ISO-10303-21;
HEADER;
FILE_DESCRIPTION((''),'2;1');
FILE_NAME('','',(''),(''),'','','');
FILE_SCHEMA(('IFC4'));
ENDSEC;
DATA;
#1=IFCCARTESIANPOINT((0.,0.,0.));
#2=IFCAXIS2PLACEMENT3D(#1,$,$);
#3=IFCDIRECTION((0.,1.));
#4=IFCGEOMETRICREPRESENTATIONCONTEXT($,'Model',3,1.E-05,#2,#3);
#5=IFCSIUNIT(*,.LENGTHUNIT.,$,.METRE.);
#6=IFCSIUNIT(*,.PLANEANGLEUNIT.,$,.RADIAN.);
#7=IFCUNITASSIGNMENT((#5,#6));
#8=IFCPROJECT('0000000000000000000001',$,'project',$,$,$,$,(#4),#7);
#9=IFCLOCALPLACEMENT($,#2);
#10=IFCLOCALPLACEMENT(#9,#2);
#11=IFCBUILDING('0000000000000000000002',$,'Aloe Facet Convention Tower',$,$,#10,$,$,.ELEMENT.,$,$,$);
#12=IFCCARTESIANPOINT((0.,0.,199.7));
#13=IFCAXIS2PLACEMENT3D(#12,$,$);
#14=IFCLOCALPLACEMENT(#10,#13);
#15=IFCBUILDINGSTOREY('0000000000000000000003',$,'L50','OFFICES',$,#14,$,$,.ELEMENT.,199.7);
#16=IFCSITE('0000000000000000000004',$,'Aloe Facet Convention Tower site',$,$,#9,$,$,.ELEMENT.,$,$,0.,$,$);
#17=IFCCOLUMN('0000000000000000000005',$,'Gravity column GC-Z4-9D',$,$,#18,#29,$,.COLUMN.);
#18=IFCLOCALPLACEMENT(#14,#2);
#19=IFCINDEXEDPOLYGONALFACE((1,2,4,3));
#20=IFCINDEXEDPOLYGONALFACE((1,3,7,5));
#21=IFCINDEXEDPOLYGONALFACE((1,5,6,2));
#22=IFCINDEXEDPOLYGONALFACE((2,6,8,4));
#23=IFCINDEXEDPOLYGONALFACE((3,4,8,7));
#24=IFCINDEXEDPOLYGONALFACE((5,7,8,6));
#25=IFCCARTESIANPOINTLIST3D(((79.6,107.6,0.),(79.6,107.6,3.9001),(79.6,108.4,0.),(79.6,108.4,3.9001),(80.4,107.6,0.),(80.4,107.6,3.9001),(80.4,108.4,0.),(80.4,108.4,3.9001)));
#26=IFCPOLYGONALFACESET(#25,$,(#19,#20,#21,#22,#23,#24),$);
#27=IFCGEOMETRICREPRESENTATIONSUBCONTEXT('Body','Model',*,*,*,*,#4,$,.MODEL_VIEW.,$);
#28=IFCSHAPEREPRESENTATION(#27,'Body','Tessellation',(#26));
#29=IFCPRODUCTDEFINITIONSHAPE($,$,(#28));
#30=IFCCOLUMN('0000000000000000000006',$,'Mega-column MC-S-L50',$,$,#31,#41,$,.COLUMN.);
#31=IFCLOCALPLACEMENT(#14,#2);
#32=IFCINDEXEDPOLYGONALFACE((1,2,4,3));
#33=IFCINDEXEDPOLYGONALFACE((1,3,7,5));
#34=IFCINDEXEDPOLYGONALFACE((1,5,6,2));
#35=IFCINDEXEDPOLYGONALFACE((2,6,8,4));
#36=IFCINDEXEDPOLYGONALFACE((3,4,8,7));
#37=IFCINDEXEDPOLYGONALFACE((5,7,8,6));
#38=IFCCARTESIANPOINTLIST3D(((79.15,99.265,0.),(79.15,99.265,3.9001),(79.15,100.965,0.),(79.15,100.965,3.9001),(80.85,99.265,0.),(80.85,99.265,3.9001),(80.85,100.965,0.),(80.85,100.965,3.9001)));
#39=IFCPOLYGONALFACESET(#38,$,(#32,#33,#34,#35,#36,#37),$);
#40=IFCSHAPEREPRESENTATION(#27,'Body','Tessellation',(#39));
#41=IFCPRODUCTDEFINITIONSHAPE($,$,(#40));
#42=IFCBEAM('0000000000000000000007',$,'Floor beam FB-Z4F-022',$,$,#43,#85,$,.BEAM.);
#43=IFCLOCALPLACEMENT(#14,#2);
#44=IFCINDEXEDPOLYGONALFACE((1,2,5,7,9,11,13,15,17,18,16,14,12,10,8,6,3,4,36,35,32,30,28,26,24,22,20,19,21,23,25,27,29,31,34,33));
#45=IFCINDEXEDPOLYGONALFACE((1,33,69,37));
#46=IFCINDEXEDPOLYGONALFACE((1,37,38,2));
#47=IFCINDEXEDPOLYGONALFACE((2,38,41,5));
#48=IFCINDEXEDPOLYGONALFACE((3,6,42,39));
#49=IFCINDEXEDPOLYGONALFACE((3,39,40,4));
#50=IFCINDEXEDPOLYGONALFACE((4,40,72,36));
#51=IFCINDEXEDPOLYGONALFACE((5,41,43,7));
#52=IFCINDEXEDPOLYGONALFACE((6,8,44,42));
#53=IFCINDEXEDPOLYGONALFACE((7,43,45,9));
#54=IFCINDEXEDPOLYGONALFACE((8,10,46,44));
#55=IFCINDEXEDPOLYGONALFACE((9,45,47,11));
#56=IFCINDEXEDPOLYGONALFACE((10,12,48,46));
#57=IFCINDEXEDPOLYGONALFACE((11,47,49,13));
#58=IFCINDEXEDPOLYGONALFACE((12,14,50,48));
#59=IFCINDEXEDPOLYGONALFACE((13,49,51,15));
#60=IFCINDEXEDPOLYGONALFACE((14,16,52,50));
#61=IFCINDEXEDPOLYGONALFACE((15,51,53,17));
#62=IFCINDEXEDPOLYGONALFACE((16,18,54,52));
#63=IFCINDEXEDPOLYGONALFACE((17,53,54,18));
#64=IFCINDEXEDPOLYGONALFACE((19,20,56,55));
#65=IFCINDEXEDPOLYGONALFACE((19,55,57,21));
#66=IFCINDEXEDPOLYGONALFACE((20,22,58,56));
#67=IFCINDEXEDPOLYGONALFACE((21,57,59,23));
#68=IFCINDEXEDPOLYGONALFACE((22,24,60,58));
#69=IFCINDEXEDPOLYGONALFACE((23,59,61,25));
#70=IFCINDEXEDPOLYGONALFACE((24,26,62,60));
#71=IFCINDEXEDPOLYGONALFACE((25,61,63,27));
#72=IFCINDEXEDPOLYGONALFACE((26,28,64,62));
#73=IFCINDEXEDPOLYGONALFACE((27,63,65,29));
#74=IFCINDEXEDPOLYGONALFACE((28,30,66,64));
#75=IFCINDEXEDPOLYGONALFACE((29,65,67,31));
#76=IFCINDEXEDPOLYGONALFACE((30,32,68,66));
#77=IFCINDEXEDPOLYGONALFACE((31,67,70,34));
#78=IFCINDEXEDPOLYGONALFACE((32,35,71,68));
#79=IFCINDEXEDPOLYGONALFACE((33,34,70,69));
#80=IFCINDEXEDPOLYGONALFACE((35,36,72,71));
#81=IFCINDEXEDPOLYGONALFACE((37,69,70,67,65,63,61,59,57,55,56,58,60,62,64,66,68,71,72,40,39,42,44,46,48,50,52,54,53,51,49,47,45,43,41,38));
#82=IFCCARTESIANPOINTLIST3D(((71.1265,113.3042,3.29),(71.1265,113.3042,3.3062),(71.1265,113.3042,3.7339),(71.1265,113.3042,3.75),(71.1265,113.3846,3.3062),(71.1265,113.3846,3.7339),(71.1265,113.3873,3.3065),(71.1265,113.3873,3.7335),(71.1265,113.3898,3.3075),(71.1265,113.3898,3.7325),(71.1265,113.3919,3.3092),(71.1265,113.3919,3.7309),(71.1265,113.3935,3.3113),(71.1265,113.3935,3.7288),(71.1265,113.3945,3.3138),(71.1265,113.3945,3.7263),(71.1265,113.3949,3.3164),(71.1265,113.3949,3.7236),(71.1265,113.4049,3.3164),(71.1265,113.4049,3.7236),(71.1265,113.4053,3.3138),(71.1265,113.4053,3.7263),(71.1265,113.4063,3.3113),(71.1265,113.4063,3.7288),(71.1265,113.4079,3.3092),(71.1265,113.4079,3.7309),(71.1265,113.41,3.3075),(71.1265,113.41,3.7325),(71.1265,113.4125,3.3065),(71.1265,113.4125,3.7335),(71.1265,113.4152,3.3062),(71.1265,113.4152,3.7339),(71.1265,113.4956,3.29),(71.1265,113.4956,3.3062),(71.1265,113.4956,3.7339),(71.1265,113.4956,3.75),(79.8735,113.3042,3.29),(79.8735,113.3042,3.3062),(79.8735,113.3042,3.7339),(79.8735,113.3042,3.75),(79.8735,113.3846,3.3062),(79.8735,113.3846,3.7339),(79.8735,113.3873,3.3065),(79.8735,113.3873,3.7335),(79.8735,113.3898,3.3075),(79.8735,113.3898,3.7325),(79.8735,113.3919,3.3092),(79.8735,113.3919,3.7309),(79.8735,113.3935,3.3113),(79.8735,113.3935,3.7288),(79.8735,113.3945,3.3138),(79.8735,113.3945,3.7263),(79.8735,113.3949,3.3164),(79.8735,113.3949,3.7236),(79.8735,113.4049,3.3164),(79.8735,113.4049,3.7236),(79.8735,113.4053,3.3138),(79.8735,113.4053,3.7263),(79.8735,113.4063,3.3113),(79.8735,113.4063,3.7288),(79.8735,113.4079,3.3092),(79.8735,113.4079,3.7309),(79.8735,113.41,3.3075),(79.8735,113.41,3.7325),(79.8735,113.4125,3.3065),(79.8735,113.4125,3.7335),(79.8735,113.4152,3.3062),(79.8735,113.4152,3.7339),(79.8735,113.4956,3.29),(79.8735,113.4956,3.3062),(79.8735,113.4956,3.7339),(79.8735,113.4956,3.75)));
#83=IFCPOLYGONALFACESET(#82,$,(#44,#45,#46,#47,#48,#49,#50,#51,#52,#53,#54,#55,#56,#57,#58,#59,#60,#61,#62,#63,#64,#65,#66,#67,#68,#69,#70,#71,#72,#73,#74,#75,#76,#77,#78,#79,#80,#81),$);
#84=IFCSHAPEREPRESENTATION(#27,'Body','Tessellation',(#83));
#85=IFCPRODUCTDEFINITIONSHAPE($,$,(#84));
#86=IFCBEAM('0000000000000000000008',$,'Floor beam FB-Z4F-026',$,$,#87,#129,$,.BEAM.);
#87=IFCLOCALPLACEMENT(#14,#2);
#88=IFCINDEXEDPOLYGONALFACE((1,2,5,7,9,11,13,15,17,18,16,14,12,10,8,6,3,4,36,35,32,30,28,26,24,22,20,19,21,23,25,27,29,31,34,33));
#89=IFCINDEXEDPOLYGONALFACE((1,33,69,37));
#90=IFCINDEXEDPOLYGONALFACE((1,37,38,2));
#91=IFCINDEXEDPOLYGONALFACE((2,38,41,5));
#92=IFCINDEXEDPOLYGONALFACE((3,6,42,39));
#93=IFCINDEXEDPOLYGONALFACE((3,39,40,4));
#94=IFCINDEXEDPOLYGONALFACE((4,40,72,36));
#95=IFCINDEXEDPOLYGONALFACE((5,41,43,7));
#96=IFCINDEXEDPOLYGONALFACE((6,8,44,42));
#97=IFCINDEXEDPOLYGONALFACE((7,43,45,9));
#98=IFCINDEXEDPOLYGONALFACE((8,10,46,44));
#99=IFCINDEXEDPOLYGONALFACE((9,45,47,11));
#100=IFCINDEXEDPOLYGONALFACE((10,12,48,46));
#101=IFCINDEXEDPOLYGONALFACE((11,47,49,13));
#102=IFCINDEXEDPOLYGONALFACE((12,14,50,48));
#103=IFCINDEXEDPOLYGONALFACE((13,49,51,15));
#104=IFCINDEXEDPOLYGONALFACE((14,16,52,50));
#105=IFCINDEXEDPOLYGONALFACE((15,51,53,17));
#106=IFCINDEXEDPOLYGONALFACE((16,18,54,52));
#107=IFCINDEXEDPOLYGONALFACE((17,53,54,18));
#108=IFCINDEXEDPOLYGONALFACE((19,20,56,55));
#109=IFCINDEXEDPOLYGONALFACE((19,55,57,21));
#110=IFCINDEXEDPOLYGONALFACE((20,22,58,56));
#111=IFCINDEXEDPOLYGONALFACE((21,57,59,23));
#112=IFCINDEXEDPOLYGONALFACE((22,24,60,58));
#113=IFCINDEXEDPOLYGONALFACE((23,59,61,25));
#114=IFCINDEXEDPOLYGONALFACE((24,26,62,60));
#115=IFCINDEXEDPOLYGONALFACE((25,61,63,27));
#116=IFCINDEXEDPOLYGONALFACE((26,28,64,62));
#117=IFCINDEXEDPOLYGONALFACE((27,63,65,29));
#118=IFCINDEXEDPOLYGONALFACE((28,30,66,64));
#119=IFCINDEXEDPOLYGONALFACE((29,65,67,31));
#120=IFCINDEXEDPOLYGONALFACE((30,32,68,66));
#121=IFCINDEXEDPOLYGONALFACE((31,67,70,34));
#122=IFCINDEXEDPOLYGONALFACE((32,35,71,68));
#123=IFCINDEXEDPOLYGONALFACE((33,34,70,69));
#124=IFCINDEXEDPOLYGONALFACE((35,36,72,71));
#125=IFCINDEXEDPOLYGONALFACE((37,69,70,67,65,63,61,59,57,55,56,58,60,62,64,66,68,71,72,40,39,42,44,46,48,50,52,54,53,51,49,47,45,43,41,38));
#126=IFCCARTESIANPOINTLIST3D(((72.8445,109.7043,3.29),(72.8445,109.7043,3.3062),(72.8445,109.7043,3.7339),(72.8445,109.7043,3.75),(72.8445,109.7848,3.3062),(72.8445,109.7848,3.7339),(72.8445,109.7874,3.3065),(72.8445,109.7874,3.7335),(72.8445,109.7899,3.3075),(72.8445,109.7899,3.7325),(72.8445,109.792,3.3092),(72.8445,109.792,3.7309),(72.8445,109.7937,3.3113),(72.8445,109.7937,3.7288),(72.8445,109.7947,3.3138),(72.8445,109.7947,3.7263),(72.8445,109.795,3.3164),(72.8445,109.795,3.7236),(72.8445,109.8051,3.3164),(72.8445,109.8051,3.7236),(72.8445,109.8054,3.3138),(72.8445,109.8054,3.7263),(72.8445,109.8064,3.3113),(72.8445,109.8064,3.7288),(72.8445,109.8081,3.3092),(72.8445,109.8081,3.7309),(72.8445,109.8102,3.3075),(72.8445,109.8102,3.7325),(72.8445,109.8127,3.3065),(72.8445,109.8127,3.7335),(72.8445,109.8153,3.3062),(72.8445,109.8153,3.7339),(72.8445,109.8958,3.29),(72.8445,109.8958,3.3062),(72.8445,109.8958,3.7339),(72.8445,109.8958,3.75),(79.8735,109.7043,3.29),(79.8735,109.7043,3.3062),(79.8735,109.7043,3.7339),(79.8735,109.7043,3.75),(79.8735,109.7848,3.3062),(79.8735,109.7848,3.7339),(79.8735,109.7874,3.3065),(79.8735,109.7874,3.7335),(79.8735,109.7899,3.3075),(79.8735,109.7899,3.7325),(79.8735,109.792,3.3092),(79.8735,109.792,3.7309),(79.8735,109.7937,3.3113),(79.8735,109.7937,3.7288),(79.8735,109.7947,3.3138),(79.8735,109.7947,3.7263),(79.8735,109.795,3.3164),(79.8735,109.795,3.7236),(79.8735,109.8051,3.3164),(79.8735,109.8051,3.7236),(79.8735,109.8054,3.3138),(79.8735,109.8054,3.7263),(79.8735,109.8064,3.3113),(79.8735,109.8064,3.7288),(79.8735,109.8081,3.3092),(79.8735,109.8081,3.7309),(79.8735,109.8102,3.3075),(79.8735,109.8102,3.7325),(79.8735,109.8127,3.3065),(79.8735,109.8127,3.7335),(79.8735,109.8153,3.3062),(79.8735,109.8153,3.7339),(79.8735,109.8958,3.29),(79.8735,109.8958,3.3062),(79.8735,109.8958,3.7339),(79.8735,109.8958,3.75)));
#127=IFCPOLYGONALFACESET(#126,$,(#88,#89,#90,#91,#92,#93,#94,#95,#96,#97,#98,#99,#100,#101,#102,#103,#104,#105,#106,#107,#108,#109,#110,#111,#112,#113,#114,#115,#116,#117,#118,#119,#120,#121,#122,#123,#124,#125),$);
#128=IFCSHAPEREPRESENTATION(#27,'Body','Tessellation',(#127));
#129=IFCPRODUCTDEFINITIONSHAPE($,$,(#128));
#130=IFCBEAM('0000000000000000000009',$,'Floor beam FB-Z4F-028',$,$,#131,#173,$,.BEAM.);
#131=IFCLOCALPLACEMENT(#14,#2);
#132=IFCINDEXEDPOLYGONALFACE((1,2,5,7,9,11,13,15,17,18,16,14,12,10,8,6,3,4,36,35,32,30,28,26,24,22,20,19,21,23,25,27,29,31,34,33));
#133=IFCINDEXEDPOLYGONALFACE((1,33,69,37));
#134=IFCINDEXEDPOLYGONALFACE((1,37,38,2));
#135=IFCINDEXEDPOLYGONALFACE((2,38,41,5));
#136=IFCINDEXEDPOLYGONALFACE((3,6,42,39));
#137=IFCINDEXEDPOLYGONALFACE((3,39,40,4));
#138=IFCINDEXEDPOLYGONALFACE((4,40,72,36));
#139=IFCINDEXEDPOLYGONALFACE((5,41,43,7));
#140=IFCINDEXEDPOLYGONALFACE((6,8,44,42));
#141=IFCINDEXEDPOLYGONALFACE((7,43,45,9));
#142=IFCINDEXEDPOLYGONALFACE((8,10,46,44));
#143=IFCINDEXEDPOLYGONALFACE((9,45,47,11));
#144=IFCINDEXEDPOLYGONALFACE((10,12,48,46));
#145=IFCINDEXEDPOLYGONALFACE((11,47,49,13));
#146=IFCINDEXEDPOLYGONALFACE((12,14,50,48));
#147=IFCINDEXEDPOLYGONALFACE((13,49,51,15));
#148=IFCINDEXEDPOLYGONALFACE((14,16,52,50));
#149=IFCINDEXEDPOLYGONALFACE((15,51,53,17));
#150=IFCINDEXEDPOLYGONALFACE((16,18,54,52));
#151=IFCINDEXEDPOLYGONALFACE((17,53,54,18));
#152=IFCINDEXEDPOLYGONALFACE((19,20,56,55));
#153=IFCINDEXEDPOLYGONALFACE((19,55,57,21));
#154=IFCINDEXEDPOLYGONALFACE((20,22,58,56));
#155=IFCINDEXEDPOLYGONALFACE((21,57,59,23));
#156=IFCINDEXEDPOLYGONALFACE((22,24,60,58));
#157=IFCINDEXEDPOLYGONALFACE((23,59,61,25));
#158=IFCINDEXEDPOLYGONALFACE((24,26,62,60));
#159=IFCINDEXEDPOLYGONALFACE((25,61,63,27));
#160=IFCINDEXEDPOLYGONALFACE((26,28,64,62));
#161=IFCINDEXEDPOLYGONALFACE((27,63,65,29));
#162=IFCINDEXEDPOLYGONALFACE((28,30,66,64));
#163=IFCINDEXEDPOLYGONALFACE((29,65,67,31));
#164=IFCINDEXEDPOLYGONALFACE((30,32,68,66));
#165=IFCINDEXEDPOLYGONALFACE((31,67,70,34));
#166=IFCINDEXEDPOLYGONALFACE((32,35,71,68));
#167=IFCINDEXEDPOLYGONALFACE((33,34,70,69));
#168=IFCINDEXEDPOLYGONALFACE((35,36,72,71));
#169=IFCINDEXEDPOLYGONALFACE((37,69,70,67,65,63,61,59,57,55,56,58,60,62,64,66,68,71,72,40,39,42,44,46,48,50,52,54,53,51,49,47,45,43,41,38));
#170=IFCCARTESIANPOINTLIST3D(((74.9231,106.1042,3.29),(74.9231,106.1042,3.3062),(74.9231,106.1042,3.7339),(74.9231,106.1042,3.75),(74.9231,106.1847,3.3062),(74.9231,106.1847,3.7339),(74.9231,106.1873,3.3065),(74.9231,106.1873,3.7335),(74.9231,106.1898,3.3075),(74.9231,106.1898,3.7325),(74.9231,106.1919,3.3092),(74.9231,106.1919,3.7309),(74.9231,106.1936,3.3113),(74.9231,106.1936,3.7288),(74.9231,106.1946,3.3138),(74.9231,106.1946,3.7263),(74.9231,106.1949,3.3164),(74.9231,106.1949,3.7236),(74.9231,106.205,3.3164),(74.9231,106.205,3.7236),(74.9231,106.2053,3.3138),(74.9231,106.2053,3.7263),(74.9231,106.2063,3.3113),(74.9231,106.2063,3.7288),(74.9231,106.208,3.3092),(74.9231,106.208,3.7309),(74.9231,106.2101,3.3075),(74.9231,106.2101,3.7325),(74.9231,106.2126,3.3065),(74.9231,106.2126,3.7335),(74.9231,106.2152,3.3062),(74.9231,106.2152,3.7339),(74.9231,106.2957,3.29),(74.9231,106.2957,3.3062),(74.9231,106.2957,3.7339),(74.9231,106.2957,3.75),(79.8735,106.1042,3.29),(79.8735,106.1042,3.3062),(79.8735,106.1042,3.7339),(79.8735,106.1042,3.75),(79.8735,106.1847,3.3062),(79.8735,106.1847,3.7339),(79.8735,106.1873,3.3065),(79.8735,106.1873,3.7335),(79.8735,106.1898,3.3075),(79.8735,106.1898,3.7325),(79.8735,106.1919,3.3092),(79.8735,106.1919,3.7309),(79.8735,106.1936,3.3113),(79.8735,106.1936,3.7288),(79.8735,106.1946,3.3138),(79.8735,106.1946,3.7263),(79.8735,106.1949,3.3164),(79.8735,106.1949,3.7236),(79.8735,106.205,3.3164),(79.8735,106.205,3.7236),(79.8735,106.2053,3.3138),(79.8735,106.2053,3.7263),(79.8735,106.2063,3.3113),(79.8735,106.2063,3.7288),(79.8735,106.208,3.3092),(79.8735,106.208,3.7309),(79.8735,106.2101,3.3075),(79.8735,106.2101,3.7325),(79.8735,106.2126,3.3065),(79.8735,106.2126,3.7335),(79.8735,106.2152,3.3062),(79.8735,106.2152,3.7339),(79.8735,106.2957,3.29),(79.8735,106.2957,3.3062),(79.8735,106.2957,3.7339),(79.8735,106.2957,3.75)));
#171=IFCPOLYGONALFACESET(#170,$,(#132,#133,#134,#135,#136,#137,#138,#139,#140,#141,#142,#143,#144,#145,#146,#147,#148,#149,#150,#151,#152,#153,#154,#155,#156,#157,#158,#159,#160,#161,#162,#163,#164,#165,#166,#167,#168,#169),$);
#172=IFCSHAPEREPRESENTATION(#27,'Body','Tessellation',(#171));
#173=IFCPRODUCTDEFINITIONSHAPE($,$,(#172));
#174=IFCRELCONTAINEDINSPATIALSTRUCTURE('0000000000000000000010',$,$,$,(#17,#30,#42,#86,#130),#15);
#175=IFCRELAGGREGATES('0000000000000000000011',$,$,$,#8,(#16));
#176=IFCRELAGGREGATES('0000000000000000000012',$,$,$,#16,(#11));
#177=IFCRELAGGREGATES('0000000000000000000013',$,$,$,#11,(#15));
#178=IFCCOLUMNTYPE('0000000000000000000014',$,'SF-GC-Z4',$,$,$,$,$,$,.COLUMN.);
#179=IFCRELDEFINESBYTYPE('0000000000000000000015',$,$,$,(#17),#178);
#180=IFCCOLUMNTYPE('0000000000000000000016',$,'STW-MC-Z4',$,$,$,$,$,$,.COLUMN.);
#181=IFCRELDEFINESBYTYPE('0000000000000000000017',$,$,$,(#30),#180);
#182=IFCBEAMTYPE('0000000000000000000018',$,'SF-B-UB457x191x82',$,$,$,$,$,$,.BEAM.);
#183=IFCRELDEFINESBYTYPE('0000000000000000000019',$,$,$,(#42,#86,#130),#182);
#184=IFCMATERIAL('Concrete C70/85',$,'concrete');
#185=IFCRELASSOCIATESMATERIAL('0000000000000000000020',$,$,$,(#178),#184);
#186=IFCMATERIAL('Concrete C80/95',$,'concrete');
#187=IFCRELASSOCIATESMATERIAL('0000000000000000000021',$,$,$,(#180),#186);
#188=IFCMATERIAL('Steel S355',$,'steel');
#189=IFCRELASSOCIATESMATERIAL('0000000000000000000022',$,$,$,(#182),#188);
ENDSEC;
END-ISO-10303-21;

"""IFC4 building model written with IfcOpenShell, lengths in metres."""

from ifc_helpers import new_model, si_unit, direction, frame, origin, origin_2d, place, context, subcontext, project, spatial, rectangle, i_section, extrude, material, material_profile, profile_set, type_object, element, save


model = new_model("IFC4")

# Units and contexts
model_context = context("Model", 3, precision=1e-05, world=origin(), true_north=direction((0.0, 1.0)))
body_context = subcontext(model_context, "Body", "Model", "MODEL_VIEW")
ifc_project = project(units=[si_unit("LENGTHUNIT", "METRE"), si_unit("PLANEANGLEUNIT", "RADIAN")], contexts=[model_context])

# Site, building, storey
site_placement = place(None, origin())
site = spatial("IfcSite", under=ifc_project, at=site_placement, Name="Aloe Facet Convention Tower site", CompositionType="ELEMENT", RefElevation=0.0)
building_placement = place(site_placement, origin())
building = spatial("IfcBuilding", under=site, at=building_placement, Name="Aloe Facet Convention Tower", CompositionType="ELEMENT")
storey_placement = place(building_placement, frame((0.0, 0.0, 199.7)))
storey = spatial("IfcBuildingStorey", under=building, at=storey_placement, Name="L50", Description="OFFICES", CompositionType="ELEMENT", Elevation=199.7)

# Columns
ifc_material_1 = material(Name="Concrete C70/85", Category="concrete")
ifc_material_profile_1 = material_profile(ifc_material_1, rectangle(XDim=0.8, YDim=0.8, at=origin_2d()), Name="SF-GC-Z4")
ifc_profile_set_1 = profile_set([ifc_material_profile_1], Name="Concrete C70/85")
column_type_1 = type_object("IfcColumnType", Name="SF-GC-Z4", PredefinedType="COLUMN", material=ifc_profile_set_1)
column_1_placement = place(storey_placement, frame((80.0, 108.0, 0.0), z_axis=(0.0, 0.0, 1.0), x_axis=(1.0, 0.0, 0.0)))
element("IfcColumn", 1, at=column_1_placement, inside=storey, type_object=column_type_1, Name="Gravity column GC-Z4-9D", PredefinedType="COLUMN", context=body_context, shape_type="SweptSolid", body=[
    extrude(rectangle(XDim=0.8, YDim=0.8, at=origin_2d()), origin(), (0.0, 0.0, 1.0), 3.9001),
])
ifc_material_2 = material(Name="Concrete C80/95", Category="concrete")
ifc_material_profile_2 = material_profile(ifc_material_2, rectangle(XDim=1.7, YDim=1.7, at=origin_2d()), Name="STW-MC-Z4")
ifc_profile_set_2 = profile_set([ifc_material_profile_2], Name="Concrete C80/95")
column_type_2 = type_object("IfcColumnType", Name="STW-MC-Z4", PredefinedType="COLUMN", material=ifc_profile_set_2)
column_2_placement = place(storey_placement, frame((80.0, 100.115, 0.0), z_axis=(0.0, 0.0, 1.0), x_axis=(1.0, 0.0, 0.0)))
element("IfcColumn", 2, at=column_2_placement, inside=storey, type_object=column_type_2, Name="Mega-column MC-S-L50", PredefinedType="COLUMN", context=body_context, shape_type="SweptSolid", body=[
    extrude(rectangle(XDim=1.7, YDim=1.7, at=origin_2d()), origin(), (0.0, 0.0, 1.0), 3.9001),
])

# Beams
ifc_material_3 = material(Name="Steel S355", Category="steel")
ifc_material_profile_3 = material_profile(ifc_material_3, i_section(OverallWidth=0.1914, OverallDepth=0.46, WebThickness=0.01, FlangeThickness=0.0161, FilletRadius=0.0103, at=origin_2d()), Name="UB 457x191x82")
ifc_profile_set_3 = profile_set([ifc_material_profile_3], Name="Steel S355")
beam_type_1 = type_object("IfcBeamType", Name="SF-B-UB457x191x82", PredefinedType="BEAM", material=ifc_profile_set_3)
beam_1_placement = place(storey_placement, frame((71.1265, 113.3999, 3.52), z_axis=(1.0, 0.0, 0.0), x_axis=(0.0, 1.0, 0.0)))
element("IfcBeam", 3, at=beam_1_placement, inside=storey, type_object=beam_type_1, Name="Floor beam FB-Z4F-022", PredefinedType="BEAM", context=body_context, shape_type="SweptSolid", body=[
    extrude(i_section(OverallWidth=0.1914, OverallDepth=0.46, WebThickness=0.01, FlangeThickness=0.0161, FilletRadius=0.0103, at=origin_2d()), origin(), (0.0, 0.0, 1.0), 8.7471),
])
beam_2_placement = place(storey_placement, frame((72.8445, 109.8, 3.52), z_axis=(1.0, 0.0, 0.0), x_axis=(0.0, 1.0, 0.0)))
element("IfcBeam", 4, at=beam_2_placement, inside=storey, type_object=beam_type_1, Name="Floor beam FB-Z4F-026", PredefinedType="BEAM", context=body_context, shape_type="SweptSolid", body=[
    extrude(i_section(OverallWidth=0.1914, OverallDepth=0.46, WebThickness=0.01, FlangeThickness=0.0161, FilletRadius=0.0103, at=origin_2d()), origin(), (0.0, 0.0, 1.0), 7.0291),
])
beam_3_placement = place(storey_placement, frame((74.9231, 106.2, 3.52), z_axis=(1.0, 0.0, 0.0), x_axis=(0.0, 1.0, 0.0)))
element("IfcBeam", 5, at=beam_3_placement, inside=storey, type_object=beam_type_1, Name="Floor beam FB-Z4F-028", PredefinedType="BEAM", context=body_context, shape_type="SweptSolid", body=[
    extrude(i_section(OverallWidth=0.1914, OverallDepth=0.46, WebThickness=0.01, FlangeThickness=0.0161, FilletRadius=0.0103, at=origin_2d()), origin(), (0.0, 0.0, 1.0), 4.9504),
])

save(model, "model.ifc")
